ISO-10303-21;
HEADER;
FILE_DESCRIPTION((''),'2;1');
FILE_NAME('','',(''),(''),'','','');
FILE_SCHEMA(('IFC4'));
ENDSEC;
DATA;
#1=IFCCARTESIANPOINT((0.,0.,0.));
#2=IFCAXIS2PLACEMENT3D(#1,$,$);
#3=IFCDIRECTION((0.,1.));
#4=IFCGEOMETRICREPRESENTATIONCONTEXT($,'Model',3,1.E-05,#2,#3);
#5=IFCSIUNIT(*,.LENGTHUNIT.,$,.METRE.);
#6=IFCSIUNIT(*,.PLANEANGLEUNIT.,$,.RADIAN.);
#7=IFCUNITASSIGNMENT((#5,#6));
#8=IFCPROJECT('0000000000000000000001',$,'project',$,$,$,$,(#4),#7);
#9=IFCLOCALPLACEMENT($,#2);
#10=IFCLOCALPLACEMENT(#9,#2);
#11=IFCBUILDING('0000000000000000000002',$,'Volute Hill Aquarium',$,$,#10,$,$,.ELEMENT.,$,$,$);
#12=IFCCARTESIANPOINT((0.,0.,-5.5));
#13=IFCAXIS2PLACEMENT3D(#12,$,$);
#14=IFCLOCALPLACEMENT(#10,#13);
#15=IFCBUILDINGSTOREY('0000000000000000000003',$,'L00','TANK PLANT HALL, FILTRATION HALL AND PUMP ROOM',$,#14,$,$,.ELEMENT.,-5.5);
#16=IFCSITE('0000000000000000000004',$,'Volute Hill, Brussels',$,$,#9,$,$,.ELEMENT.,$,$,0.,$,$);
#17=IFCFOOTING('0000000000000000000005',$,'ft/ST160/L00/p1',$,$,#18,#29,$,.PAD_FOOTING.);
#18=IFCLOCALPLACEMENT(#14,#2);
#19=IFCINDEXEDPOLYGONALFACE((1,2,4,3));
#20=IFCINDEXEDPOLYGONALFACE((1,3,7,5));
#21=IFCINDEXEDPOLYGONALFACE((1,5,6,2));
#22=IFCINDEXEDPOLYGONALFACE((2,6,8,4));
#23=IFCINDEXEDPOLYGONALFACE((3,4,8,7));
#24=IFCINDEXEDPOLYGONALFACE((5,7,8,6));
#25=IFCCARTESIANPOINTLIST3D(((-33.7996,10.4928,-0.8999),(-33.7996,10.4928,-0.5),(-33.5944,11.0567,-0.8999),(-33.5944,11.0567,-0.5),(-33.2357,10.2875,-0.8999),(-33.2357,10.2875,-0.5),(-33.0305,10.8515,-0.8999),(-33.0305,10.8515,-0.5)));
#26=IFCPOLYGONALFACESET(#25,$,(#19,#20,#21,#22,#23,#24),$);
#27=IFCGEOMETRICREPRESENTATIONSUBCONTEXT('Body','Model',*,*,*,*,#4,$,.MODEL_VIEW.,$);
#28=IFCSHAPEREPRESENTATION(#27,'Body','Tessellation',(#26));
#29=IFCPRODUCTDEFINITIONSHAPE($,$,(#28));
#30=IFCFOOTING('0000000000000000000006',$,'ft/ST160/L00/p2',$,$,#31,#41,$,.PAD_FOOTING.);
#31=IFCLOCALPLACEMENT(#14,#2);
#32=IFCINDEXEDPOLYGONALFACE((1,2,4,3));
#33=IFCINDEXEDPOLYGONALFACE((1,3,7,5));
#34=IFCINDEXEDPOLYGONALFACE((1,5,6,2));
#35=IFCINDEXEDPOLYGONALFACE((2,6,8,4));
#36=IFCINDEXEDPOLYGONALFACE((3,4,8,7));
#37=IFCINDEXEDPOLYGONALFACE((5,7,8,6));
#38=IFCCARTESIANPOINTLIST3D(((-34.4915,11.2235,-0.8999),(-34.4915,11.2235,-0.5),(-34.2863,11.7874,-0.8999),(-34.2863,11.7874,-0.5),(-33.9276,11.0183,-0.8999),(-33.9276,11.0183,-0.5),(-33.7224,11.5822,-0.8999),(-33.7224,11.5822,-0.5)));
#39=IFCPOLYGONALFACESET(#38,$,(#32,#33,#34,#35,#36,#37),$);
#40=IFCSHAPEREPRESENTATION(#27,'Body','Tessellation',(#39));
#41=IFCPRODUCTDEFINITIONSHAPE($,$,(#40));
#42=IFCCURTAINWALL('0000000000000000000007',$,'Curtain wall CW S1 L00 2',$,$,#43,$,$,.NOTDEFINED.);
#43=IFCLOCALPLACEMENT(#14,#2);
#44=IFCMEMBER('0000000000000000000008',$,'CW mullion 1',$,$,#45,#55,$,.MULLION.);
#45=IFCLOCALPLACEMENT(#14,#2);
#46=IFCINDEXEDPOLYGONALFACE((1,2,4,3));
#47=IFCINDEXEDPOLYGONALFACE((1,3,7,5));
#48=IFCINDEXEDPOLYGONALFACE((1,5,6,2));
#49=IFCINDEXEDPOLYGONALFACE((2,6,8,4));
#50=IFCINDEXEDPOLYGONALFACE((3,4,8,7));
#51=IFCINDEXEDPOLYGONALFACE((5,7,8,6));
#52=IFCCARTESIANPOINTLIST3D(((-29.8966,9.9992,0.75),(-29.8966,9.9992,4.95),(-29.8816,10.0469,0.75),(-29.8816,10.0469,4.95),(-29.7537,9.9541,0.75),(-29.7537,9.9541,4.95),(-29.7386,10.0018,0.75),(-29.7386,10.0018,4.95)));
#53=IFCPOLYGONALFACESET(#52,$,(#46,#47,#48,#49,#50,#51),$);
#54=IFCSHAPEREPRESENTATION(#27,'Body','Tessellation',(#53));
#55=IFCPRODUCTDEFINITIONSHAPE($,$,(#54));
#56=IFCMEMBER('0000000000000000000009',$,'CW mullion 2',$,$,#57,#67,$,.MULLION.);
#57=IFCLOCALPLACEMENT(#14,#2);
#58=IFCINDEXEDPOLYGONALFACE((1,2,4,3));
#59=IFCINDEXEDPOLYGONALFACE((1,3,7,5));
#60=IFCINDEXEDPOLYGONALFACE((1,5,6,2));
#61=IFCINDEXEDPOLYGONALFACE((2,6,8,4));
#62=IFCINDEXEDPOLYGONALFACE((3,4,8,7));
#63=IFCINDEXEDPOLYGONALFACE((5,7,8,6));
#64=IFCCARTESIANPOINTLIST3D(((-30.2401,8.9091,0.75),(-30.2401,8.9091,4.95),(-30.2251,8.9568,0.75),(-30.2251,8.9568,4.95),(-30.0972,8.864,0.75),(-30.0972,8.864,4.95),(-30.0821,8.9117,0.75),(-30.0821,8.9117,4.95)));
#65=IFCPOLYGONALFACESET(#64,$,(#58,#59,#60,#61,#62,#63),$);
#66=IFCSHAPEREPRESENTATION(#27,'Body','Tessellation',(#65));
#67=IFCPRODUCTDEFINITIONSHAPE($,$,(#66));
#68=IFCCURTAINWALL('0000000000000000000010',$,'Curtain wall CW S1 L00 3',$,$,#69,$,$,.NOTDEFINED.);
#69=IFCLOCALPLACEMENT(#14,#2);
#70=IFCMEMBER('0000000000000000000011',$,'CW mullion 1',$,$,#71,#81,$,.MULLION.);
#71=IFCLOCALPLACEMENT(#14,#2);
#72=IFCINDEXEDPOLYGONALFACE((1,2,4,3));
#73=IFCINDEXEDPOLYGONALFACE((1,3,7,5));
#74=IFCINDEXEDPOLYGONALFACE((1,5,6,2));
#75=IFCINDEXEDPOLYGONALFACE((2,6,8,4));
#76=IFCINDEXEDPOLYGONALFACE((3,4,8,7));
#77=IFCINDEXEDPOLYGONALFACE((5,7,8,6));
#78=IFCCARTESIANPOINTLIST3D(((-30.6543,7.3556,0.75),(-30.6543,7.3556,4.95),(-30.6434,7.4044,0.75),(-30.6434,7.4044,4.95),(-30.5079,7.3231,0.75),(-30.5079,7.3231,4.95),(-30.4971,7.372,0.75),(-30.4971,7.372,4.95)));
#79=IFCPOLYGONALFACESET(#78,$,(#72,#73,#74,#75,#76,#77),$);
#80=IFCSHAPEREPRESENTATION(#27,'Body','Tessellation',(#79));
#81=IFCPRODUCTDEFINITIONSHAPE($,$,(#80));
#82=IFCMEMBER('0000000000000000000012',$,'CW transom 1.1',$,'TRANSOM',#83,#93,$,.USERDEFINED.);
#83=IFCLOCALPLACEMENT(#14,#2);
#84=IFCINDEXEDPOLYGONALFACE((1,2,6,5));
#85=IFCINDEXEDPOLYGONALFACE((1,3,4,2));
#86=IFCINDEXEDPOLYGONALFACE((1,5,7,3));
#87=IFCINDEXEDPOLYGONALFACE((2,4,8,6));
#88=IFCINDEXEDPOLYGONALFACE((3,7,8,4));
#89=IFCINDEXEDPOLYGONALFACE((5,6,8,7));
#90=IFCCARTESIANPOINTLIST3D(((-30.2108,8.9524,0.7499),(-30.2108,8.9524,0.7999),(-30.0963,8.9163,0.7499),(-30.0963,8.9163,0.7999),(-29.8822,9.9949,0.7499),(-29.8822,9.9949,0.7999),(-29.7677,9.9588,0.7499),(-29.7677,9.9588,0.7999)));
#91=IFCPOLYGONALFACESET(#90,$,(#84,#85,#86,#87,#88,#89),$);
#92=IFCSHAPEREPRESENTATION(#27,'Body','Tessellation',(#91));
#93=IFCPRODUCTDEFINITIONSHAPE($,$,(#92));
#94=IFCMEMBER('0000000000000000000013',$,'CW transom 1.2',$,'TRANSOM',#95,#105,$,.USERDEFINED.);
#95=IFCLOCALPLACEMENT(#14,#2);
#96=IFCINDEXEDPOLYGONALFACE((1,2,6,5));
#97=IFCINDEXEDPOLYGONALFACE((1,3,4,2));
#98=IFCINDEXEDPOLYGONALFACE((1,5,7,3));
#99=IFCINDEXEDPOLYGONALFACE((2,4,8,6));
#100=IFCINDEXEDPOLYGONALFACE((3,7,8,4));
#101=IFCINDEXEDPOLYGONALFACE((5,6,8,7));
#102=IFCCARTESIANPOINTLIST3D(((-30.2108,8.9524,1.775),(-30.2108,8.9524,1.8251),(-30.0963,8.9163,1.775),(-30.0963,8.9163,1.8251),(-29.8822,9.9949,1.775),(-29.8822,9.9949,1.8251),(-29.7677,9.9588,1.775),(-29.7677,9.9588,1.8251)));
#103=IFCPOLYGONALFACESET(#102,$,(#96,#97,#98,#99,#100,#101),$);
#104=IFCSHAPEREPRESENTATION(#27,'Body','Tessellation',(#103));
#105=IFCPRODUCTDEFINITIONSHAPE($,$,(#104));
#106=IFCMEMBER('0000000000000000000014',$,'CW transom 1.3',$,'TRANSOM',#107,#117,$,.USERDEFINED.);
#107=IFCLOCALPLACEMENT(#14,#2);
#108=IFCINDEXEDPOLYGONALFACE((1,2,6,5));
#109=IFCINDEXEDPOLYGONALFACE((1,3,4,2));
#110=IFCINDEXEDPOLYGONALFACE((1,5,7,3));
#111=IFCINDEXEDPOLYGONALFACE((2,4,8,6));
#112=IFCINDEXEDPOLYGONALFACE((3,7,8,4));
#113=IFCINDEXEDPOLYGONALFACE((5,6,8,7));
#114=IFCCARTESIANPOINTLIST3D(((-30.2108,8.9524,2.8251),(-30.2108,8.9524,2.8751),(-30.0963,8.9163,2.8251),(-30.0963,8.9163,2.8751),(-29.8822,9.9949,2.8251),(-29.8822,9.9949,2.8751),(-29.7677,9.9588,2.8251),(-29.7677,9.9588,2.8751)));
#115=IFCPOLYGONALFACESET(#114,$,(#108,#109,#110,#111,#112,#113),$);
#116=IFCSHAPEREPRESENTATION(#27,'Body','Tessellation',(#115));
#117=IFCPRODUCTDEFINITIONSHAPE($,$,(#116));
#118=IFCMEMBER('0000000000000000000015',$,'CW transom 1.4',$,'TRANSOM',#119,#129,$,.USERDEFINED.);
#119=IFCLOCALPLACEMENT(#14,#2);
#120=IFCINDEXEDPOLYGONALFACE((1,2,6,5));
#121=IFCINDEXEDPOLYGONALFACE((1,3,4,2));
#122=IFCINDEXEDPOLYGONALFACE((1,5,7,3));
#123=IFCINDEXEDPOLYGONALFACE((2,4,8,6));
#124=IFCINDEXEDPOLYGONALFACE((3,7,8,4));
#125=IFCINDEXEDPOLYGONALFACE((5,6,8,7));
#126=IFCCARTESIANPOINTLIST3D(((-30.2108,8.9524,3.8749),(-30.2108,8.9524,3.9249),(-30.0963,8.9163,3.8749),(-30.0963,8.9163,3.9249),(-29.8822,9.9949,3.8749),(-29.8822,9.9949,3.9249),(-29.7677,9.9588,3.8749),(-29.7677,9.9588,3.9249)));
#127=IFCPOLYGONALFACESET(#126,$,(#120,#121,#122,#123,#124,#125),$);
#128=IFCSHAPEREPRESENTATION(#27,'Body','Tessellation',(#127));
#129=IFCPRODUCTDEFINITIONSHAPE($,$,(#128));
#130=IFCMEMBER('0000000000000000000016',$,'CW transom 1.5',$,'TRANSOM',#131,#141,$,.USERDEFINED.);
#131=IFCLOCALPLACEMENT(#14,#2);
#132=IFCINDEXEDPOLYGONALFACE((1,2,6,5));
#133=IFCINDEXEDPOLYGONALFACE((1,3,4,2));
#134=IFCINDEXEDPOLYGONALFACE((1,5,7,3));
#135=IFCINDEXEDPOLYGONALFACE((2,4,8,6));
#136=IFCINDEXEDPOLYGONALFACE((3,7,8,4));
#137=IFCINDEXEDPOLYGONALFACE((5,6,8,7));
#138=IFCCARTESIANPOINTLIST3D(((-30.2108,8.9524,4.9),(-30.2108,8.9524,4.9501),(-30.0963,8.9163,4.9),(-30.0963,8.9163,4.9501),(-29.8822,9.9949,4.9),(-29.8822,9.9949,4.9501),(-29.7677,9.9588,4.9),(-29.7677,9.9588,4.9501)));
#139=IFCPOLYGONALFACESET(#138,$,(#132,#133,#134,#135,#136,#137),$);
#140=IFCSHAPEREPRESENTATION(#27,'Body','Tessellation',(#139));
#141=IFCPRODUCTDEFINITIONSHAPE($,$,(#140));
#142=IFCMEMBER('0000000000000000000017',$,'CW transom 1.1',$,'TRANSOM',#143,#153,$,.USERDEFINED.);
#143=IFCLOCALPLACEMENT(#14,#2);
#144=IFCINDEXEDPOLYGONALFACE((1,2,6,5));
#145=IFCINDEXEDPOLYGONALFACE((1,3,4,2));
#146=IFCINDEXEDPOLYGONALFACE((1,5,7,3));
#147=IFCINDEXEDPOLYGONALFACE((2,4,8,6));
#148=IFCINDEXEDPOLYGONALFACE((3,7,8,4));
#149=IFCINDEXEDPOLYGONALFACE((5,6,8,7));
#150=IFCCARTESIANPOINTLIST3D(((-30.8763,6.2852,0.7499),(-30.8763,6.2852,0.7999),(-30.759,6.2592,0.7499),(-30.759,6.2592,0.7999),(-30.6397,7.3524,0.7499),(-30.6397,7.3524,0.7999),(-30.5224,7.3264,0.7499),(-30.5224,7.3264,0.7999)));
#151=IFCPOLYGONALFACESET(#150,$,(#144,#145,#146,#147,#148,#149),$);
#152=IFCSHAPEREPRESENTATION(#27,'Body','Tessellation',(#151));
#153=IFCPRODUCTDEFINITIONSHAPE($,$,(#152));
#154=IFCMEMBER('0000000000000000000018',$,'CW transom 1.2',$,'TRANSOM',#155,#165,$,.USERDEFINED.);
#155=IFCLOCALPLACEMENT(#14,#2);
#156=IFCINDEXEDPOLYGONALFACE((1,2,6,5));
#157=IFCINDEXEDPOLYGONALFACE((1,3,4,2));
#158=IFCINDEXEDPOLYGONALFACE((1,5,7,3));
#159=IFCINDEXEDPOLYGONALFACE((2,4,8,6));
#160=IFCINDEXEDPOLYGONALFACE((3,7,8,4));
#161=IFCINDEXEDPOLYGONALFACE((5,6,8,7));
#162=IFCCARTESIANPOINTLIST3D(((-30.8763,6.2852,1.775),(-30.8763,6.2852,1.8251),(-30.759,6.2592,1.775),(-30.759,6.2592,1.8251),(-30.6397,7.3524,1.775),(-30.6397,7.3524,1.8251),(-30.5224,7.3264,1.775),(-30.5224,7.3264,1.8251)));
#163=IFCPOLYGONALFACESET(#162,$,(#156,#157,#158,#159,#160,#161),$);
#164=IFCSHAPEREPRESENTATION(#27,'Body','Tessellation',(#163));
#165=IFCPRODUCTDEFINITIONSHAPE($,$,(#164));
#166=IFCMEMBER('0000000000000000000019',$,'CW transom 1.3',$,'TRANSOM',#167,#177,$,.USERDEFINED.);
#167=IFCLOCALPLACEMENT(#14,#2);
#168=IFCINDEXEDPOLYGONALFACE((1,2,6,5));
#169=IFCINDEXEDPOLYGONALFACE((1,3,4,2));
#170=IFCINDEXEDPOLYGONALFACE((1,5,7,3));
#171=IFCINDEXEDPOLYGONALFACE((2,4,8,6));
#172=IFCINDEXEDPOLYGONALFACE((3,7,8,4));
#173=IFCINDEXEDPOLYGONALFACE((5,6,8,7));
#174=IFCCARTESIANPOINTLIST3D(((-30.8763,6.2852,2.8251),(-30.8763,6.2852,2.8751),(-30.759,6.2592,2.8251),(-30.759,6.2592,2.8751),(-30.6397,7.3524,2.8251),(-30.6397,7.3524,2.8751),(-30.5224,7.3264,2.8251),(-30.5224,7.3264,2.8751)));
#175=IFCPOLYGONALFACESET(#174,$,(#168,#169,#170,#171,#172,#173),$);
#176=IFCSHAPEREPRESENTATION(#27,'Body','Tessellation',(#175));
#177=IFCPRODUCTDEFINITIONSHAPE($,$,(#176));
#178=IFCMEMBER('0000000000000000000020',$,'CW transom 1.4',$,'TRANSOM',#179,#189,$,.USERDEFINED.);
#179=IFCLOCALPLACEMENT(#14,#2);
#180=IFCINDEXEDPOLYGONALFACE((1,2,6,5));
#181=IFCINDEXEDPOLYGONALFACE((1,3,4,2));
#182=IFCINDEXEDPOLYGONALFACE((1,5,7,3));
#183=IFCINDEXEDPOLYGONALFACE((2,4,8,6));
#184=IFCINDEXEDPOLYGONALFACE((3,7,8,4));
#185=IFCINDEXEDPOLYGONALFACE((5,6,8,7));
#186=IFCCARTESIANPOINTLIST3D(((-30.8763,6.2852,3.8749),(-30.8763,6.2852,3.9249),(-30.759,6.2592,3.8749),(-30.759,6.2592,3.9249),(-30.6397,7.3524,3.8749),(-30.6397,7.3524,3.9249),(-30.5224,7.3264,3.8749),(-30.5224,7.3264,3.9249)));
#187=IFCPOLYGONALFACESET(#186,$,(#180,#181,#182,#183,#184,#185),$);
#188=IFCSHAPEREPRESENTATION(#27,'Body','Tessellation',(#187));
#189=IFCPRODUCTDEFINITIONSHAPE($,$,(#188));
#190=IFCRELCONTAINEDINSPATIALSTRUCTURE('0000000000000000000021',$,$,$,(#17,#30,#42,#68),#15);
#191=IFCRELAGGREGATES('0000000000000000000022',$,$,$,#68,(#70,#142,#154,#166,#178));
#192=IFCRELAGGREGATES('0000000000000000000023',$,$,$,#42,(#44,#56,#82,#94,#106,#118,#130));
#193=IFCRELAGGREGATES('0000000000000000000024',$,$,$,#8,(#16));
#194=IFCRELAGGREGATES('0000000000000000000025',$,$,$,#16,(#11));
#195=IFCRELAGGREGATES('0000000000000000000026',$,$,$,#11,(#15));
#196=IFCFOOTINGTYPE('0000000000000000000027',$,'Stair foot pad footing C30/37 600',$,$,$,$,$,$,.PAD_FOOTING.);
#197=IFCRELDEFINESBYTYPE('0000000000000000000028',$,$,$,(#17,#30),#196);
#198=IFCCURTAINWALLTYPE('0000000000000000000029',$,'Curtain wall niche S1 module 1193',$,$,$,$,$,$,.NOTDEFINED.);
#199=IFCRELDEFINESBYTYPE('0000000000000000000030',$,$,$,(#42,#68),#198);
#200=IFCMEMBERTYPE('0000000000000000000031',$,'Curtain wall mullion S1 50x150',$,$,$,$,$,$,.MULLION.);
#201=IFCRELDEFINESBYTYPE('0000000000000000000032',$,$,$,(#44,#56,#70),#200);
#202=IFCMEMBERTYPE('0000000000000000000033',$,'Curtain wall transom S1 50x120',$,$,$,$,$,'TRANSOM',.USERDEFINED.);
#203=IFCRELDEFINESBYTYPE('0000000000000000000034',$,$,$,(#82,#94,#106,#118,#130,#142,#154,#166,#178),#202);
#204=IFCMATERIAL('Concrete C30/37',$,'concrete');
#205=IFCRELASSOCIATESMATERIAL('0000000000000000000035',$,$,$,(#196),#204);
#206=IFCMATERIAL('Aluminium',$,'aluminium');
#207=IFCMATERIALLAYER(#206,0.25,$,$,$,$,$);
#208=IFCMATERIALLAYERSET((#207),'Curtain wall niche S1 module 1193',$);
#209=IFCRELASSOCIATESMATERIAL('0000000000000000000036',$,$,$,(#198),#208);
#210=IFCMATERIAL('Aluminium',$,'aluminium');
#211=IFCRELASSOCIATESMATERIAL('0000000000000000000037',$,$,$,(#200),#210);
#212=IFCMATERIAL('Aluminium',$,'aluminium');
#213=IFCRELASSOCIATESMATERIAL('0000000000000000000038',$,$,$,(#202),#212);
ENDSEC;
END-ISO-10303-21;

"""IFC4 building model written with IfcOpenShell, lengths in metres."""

from ifc_helpers import new_model, si_unit, direction, frame, origin, origin_2d, place, context, subcontext, project, spatial, rectangle, extrude, material, layer, layer_set, material_profile, profile_set, type_object, element, aggregate, save


model = new_model("IFC4")

# Units and contexts
model_context = context("Model", 3, precision=1e-05, world=origin(), true_north=direction((0.0, 1.0)))
body_context = subcontext(model_context, "Body", "Model", "MODEL_VIEW")
ifc_project = project(units=[si_unit("LENGTHUNIT", "METRE"), si_unit("PLANEANGLEUNIT", "RADIAN")], contexts=[model_context])

# Site, building, storey
site_placement = place(None, origin())
site = spatial("IfcSite", under=ifc_project, at=site_placement, Name="Volute Hill, Brussels", CompositionType="ELEMENT", RefElevation=0.0)
building_placement = place(site_placement, origin())
building = spatial("IfcBuilding", under=site, at=building_placement, Name="Volute Hill Aquarium", CompositionType="ELEMENT")
storey_placement = place(building_placement, frame((0.0, 0.0, -5.5)))
storey = spatial("IfcBuildingStorey", under=building, at=storey_placement, Name="L00", Description="TANK PLANT HALL, FILTRATION HALL AND PUMP ROOM", CompositionType="ELEMENT", Elevation=-5.5)

# Footings
ifc_material_1 = material(Name="Concrete C30/37", Category="concrete")
footing_type = type_object("IfcFootingType", Name="Stair foot pad footing C30/37 600", PredefinedType="PAD_FOOTING", material=ifc_material_1)
for number, where, z_axis, x_axis, name in (
    (1, (-33.415, 10.6721, -0.8999), (0.0, 0.0, 1.0), (-0.939693, 0.34202, 0.0), "ft/ST160/L00/p1"),
    (2, (-34.1069, 11.4028, -0.8999), (0.0, 0.0, 1.0), (-0.939693, 0.34202, 0.0), "ft/ST160/L00/p2"),
):
    element("IfcFooting", number, at=place(storey_placement, frame(where, z_axis=z_axis, x_axis=x_axis)), inside=storey, type_object=footing_type, Name=name, PredefinedType="PAD_FOOTING", context=body_context, shape_type="SweptSolid", body=[
        extrude(rectangle(XDim=0.6001, YDim=0.6001, at=origin_2d()), origin(), (0.0, 0.0, 1.0), 0.3999),
    ])

# Curtain wall, members
ifc_material_2 = material(Name="Aluminium", Category="aluminium")
ifc_layer_1 = layer(ifc_material_2, 0.25)
ifc_layer_set_1 = layer_set([ifc_layer_1], Name="Curtain wall niche S1 module 1193")
curtain_wall_type = type_object("IfcCurtainWallType", Name="Curtain wall niche S1 module 1193", PredefinedType="NOTDEFINED", material=ifc_layer_set_1)
curtain_wall_1_placement = place(storey_placement, origin())
curtain_wall_1 = element("IfcCurtainWall", 3, at=curtain_wall_1_placement, inside=storey, type_object=curtain_wall_type, Name="Curtain wall CW S1 L00 2", PredefinedType="NOTDEFINED")
ifc_material_3 = material(Name="Aluminium", Category="aluminium")
ifc_material_profile_1 = material_profile(ifc_material_3, rectangle(XDim=0.1499, YDim=0.05, at=origin_2d()), Name="Curtain wall mullion S1 50x150")
ifc_profile_set_1 = profile_set([ifc_material_profile_1], Name="Aluminium")
member_type_1 = type_object("IfcMemberType", Name="Curtain wall mullion S1 50x150", PredefinedType="MULLION", material=ifc_profile_set_1)
member_1_placement = place(storey_placement, frame((-29.8176, 10.0005, 0.75), z_axis=(0.0, 0.0, 1.0), x_axis=(0.953718, -0.300702, 0.0)))
member_1 = element("IfcMember", 4, at=member_1_placement, type_object=member_type_1, Name="CW mullion 1", PredefinedType="MULLION", context=body_context, shape_type="SweptSolid", body=[
    extrude(rectangle(XDim=0.1499, YDim=0.05, at=origin_2d()), origin(), (0.0, 0.0, 1.0), 4.2),
])
member_2_placement = place(storey_placement, frame((-30.1611, 8.9104, 0.75), z_axis=(0.0, 0.0, 1.0), x_axis=(0.953718, -0.300702, 0.0)))
member_2 = element("IfcMember", 5, at=member_2_placement, type_object=member_type_1, Name="CW mullion 2", PredefinedType="MULLION", context=body_context, shape_type="SweptSolid", body=[
    extrude(rectangle(XDim=0.1499, YDim=0.05, at=origin_2d()), origin(), (0.0, 0.0, 1.0), 4.2),
])

# Curtain wall, member
curtain_wall_2_placement = place(storey_placement, origin())
curtain_wall_2 = element("IfcCurtainWall", 6, at=curtain_wall_2_placement, inside=storey, type_object=curtain_wall_type, Name="Curtain wall CW S1 L00 3", PredefinedType="NOTDEFINED")
member_3_placement = place(storey_placement, frame((-30.5757, 7.3638, 0.75), z_axis=(0.0, 0.0, 1.0), x_axis=(0.976292, -0.216458, 0.0)))
member_3 = element("IfcMember", 7, at=member_3_placement, type_object=member_type_1, Name="CW mullion 1", PredefinedType="MULLION", context=body_context, shape_type="SweptSolid", body=[
    extrude(rectangle(XDim=0.1499, YDim=0.05, at=origin_2d()), origin(), (0.0, 0.0, 1.0), 4.2),
])

# Members
ifc_material_4 = material(Name="Aluminium", Category="aluminium")
ifc_material_profile_2 = material_profile(ifc_material_4, rectangle(XDim=0.1201, YDim=0.05, at=origin_2d()), Name="Curtain wall transom S1 50x120")
ifc_profile_set_2 = profile_set([ifc_material_profile_2], Name="Aluminium")
member_type_2 = type_object("IfcMemberType", Name="Curtain wall transom S1 50x120", ElementType="TRANSOM", PredefinedType="USERDEFINED", material=ifc_profile_set_2)
member_4_placement = place(storey_placement, frame((-29.825, 9.9768, 0.7749), z_axis=(-0.30064, -0.953738, 0.0), x_axis=(0.953738, -0.30064, 0.0)))
member_4 = element("IfcMember", 8, at=member_4_placement, type_object=member_type_2, Name="CW transom 1.1", ObjectType="TRANSOM", PredefinedType="USERDEFINED", context=body_context, shape_type="SweptSolid", body=[
    extrude(rectangle(XDim=0.1201, YDim=0.05, at=origin_2d()), origin(), (0.0, 0.0, 1.0), 1.093),
])
member_5_placement = place(storey_placement, frame((-29.825, 9.9768, 1.8), z_axis=(-0.30064, -0.953738, 0.0), x_axis=(0.953738, -0.30064, 0.0)))
member_5 = element("IfcMember", 9, at=member_5_placement, type_object=member_type_2, Name="CW transom 1.2", ObjectType="TRANSOM", PredefinedType="USERDEFINED", context=body_context, shape_type="SweptSolid", body=[
    extrude(rectangle(XDim=0.1201, YDim=0.05, at=origin_2d()), origin(), (0.0, 0.0, 1.0), 1.093),
])
member_6_placement = place(storey_placement, frame((-29.825, 9.9768, 2.8501), z_axis=(-0.30064, -0.953738, 0.0), x_axis=(0.953738, -0.30064, 0.0)))
member_6 = element("IfcMember", 10, at=member_6_placement, type_object=member_type_2, Name="CW transom 1.3", ObjectType="TRANSOM", PredefinedType="USERDEFINED", context=body_context, shape_type="SweptSolid", body=[
    extrude(rectangle(XDim=0.1201, YDim=0.05, at=origin_2d()), origin(), (0.0, 0.0, 1.0), 1.093),
])
member_7_placement = place(storey_placement, frame((-29.825, 9.9768, 3.8999), z_axis=(-0.30064, -0.953738, 0.0), x_axis=(0.953738, -0.30064, 0.0)))
member_7 = element("IfcMember", 11, at=member_7_placement, type_object=member_type_2, Name="CW transom 1.4", ObjectType="TRANSOM", PredefinedType="USERDEFINED", context=body_context, shape_type="SweptSolid", body=[
    extrude(rectangle(XDim=0.1201, YDim=0.05, at=origin_2d()), origin(), (0.0, 0.0, 1.0), 1.093),
])
member_8_placement = place(storey_placement, frame((-29.825, 9.9768, 4.925), z_axis=(-0.30064, -0.953738, 0.0), x_axis=(0.953738, -0.30064, 0.0)))
member_8 = element("IfcMember", 12, at=member_8_placement, type_object=member_type_2, Name="CW transom 1.5", ObjectType="TRANSOM", PredefinedType="USERDEFINED", context=body_context, shape_type="SweptSolid", body=[
    extrude(rectangle(XDim=0.1201, YDim=0.05, at=origin_2d()), origin(), (0.0, 0.0, 1.0), 1.093),
])
member_9_placement = place(storey_placement, frame((-30.5811, 7.3394, 0.7749), z_axis=(-0.216434, -0.976297, 0.0), x_axis=(0.976297, -0.216434, 0.0)))
member_9 = element("IfcMember", 13, at=member_9_placement, type_object=member_type_2, Name="CW transom 1.1", ObjectType="TRANSOM", PredefinedType="USERDEFINED", context=body_context, shape_type="SweptSolid", body=[
    extrude(rectangle(XDim=0.1201, YDim=0.05, at=origin_2d()), origin(), (0.0, 0.0, 1.0), 1.093),
])
member_10_placement = place(storey_placement, frame((-30.5811, 7.3394, 1.8), z_axis=(-0.216434, -0.976297, 0.0), x_axis=(0.976297, -0.216434, 0.0)))
member_10 = element("IfcMember", 14, at=member_10_placement, type_object=member_type_2, Name="CW transom 1.2", ObjectType="TRANSOM", PredefinedType="USERDEFINED", context=body_context, shape_type="SweptSolid", body=[
    extrude(rectangle(XDim=0.1201, YDim=0.05, at=origin_2d()), origin(), (0.0, 0.0, 1.0), 1.093),
])
member_11_placement = place(storey_placement, frame((-30.5811, 7.3394, 2.8501), z_axis=(-0.216434, -0.976297, 0.0), x_axis=(0.976297, -0.216434, 0.0)))
member_11 = element("IfcMember", 15, at=member_11_placement, type_object=member_type_2, Name="CW transom 1.3", ObjectType="TRANSOM", PredefinedType="USERDEFINED", context=body_context, shape_type="SweptSolid", body=[
    extrude(rectangle(XDim=0.1201, YDim=0.05, at=origin_2d()), origin(), (0.0, 0.0, 1.0), 1.093),
])
member_12_placement = place(storey_placement, frame((-30.5811, 7.3394, 3.8999), z_axis=(-0.216434, -0.976297, 0.0), x_axis=(0.976297, -0.216434, 0.0)))
member_12 = element("IfcMember", 16, at=member_12_placement, type_object=member_type_2, Name="CW transom 1.4", ObjectType="TRANSOM", PredefinedType="USERDEFINED", context=body_context, shape_type="SweptSolid", body=[
    extrude(rectangle(XDim=0.1201, YDim=0.05, at=origin_2d()), origin(), (0.0, 0.0, 1.0), 1.093),
])
aggregate(curtain_wall_2, [member_3, member_9, member_10, member_11, member_12])

aggregate(curtain_wall_1, [member_1, member_2, member_4, member_5, member_6, member_7, member_8])

save(model, "model.ifc")
